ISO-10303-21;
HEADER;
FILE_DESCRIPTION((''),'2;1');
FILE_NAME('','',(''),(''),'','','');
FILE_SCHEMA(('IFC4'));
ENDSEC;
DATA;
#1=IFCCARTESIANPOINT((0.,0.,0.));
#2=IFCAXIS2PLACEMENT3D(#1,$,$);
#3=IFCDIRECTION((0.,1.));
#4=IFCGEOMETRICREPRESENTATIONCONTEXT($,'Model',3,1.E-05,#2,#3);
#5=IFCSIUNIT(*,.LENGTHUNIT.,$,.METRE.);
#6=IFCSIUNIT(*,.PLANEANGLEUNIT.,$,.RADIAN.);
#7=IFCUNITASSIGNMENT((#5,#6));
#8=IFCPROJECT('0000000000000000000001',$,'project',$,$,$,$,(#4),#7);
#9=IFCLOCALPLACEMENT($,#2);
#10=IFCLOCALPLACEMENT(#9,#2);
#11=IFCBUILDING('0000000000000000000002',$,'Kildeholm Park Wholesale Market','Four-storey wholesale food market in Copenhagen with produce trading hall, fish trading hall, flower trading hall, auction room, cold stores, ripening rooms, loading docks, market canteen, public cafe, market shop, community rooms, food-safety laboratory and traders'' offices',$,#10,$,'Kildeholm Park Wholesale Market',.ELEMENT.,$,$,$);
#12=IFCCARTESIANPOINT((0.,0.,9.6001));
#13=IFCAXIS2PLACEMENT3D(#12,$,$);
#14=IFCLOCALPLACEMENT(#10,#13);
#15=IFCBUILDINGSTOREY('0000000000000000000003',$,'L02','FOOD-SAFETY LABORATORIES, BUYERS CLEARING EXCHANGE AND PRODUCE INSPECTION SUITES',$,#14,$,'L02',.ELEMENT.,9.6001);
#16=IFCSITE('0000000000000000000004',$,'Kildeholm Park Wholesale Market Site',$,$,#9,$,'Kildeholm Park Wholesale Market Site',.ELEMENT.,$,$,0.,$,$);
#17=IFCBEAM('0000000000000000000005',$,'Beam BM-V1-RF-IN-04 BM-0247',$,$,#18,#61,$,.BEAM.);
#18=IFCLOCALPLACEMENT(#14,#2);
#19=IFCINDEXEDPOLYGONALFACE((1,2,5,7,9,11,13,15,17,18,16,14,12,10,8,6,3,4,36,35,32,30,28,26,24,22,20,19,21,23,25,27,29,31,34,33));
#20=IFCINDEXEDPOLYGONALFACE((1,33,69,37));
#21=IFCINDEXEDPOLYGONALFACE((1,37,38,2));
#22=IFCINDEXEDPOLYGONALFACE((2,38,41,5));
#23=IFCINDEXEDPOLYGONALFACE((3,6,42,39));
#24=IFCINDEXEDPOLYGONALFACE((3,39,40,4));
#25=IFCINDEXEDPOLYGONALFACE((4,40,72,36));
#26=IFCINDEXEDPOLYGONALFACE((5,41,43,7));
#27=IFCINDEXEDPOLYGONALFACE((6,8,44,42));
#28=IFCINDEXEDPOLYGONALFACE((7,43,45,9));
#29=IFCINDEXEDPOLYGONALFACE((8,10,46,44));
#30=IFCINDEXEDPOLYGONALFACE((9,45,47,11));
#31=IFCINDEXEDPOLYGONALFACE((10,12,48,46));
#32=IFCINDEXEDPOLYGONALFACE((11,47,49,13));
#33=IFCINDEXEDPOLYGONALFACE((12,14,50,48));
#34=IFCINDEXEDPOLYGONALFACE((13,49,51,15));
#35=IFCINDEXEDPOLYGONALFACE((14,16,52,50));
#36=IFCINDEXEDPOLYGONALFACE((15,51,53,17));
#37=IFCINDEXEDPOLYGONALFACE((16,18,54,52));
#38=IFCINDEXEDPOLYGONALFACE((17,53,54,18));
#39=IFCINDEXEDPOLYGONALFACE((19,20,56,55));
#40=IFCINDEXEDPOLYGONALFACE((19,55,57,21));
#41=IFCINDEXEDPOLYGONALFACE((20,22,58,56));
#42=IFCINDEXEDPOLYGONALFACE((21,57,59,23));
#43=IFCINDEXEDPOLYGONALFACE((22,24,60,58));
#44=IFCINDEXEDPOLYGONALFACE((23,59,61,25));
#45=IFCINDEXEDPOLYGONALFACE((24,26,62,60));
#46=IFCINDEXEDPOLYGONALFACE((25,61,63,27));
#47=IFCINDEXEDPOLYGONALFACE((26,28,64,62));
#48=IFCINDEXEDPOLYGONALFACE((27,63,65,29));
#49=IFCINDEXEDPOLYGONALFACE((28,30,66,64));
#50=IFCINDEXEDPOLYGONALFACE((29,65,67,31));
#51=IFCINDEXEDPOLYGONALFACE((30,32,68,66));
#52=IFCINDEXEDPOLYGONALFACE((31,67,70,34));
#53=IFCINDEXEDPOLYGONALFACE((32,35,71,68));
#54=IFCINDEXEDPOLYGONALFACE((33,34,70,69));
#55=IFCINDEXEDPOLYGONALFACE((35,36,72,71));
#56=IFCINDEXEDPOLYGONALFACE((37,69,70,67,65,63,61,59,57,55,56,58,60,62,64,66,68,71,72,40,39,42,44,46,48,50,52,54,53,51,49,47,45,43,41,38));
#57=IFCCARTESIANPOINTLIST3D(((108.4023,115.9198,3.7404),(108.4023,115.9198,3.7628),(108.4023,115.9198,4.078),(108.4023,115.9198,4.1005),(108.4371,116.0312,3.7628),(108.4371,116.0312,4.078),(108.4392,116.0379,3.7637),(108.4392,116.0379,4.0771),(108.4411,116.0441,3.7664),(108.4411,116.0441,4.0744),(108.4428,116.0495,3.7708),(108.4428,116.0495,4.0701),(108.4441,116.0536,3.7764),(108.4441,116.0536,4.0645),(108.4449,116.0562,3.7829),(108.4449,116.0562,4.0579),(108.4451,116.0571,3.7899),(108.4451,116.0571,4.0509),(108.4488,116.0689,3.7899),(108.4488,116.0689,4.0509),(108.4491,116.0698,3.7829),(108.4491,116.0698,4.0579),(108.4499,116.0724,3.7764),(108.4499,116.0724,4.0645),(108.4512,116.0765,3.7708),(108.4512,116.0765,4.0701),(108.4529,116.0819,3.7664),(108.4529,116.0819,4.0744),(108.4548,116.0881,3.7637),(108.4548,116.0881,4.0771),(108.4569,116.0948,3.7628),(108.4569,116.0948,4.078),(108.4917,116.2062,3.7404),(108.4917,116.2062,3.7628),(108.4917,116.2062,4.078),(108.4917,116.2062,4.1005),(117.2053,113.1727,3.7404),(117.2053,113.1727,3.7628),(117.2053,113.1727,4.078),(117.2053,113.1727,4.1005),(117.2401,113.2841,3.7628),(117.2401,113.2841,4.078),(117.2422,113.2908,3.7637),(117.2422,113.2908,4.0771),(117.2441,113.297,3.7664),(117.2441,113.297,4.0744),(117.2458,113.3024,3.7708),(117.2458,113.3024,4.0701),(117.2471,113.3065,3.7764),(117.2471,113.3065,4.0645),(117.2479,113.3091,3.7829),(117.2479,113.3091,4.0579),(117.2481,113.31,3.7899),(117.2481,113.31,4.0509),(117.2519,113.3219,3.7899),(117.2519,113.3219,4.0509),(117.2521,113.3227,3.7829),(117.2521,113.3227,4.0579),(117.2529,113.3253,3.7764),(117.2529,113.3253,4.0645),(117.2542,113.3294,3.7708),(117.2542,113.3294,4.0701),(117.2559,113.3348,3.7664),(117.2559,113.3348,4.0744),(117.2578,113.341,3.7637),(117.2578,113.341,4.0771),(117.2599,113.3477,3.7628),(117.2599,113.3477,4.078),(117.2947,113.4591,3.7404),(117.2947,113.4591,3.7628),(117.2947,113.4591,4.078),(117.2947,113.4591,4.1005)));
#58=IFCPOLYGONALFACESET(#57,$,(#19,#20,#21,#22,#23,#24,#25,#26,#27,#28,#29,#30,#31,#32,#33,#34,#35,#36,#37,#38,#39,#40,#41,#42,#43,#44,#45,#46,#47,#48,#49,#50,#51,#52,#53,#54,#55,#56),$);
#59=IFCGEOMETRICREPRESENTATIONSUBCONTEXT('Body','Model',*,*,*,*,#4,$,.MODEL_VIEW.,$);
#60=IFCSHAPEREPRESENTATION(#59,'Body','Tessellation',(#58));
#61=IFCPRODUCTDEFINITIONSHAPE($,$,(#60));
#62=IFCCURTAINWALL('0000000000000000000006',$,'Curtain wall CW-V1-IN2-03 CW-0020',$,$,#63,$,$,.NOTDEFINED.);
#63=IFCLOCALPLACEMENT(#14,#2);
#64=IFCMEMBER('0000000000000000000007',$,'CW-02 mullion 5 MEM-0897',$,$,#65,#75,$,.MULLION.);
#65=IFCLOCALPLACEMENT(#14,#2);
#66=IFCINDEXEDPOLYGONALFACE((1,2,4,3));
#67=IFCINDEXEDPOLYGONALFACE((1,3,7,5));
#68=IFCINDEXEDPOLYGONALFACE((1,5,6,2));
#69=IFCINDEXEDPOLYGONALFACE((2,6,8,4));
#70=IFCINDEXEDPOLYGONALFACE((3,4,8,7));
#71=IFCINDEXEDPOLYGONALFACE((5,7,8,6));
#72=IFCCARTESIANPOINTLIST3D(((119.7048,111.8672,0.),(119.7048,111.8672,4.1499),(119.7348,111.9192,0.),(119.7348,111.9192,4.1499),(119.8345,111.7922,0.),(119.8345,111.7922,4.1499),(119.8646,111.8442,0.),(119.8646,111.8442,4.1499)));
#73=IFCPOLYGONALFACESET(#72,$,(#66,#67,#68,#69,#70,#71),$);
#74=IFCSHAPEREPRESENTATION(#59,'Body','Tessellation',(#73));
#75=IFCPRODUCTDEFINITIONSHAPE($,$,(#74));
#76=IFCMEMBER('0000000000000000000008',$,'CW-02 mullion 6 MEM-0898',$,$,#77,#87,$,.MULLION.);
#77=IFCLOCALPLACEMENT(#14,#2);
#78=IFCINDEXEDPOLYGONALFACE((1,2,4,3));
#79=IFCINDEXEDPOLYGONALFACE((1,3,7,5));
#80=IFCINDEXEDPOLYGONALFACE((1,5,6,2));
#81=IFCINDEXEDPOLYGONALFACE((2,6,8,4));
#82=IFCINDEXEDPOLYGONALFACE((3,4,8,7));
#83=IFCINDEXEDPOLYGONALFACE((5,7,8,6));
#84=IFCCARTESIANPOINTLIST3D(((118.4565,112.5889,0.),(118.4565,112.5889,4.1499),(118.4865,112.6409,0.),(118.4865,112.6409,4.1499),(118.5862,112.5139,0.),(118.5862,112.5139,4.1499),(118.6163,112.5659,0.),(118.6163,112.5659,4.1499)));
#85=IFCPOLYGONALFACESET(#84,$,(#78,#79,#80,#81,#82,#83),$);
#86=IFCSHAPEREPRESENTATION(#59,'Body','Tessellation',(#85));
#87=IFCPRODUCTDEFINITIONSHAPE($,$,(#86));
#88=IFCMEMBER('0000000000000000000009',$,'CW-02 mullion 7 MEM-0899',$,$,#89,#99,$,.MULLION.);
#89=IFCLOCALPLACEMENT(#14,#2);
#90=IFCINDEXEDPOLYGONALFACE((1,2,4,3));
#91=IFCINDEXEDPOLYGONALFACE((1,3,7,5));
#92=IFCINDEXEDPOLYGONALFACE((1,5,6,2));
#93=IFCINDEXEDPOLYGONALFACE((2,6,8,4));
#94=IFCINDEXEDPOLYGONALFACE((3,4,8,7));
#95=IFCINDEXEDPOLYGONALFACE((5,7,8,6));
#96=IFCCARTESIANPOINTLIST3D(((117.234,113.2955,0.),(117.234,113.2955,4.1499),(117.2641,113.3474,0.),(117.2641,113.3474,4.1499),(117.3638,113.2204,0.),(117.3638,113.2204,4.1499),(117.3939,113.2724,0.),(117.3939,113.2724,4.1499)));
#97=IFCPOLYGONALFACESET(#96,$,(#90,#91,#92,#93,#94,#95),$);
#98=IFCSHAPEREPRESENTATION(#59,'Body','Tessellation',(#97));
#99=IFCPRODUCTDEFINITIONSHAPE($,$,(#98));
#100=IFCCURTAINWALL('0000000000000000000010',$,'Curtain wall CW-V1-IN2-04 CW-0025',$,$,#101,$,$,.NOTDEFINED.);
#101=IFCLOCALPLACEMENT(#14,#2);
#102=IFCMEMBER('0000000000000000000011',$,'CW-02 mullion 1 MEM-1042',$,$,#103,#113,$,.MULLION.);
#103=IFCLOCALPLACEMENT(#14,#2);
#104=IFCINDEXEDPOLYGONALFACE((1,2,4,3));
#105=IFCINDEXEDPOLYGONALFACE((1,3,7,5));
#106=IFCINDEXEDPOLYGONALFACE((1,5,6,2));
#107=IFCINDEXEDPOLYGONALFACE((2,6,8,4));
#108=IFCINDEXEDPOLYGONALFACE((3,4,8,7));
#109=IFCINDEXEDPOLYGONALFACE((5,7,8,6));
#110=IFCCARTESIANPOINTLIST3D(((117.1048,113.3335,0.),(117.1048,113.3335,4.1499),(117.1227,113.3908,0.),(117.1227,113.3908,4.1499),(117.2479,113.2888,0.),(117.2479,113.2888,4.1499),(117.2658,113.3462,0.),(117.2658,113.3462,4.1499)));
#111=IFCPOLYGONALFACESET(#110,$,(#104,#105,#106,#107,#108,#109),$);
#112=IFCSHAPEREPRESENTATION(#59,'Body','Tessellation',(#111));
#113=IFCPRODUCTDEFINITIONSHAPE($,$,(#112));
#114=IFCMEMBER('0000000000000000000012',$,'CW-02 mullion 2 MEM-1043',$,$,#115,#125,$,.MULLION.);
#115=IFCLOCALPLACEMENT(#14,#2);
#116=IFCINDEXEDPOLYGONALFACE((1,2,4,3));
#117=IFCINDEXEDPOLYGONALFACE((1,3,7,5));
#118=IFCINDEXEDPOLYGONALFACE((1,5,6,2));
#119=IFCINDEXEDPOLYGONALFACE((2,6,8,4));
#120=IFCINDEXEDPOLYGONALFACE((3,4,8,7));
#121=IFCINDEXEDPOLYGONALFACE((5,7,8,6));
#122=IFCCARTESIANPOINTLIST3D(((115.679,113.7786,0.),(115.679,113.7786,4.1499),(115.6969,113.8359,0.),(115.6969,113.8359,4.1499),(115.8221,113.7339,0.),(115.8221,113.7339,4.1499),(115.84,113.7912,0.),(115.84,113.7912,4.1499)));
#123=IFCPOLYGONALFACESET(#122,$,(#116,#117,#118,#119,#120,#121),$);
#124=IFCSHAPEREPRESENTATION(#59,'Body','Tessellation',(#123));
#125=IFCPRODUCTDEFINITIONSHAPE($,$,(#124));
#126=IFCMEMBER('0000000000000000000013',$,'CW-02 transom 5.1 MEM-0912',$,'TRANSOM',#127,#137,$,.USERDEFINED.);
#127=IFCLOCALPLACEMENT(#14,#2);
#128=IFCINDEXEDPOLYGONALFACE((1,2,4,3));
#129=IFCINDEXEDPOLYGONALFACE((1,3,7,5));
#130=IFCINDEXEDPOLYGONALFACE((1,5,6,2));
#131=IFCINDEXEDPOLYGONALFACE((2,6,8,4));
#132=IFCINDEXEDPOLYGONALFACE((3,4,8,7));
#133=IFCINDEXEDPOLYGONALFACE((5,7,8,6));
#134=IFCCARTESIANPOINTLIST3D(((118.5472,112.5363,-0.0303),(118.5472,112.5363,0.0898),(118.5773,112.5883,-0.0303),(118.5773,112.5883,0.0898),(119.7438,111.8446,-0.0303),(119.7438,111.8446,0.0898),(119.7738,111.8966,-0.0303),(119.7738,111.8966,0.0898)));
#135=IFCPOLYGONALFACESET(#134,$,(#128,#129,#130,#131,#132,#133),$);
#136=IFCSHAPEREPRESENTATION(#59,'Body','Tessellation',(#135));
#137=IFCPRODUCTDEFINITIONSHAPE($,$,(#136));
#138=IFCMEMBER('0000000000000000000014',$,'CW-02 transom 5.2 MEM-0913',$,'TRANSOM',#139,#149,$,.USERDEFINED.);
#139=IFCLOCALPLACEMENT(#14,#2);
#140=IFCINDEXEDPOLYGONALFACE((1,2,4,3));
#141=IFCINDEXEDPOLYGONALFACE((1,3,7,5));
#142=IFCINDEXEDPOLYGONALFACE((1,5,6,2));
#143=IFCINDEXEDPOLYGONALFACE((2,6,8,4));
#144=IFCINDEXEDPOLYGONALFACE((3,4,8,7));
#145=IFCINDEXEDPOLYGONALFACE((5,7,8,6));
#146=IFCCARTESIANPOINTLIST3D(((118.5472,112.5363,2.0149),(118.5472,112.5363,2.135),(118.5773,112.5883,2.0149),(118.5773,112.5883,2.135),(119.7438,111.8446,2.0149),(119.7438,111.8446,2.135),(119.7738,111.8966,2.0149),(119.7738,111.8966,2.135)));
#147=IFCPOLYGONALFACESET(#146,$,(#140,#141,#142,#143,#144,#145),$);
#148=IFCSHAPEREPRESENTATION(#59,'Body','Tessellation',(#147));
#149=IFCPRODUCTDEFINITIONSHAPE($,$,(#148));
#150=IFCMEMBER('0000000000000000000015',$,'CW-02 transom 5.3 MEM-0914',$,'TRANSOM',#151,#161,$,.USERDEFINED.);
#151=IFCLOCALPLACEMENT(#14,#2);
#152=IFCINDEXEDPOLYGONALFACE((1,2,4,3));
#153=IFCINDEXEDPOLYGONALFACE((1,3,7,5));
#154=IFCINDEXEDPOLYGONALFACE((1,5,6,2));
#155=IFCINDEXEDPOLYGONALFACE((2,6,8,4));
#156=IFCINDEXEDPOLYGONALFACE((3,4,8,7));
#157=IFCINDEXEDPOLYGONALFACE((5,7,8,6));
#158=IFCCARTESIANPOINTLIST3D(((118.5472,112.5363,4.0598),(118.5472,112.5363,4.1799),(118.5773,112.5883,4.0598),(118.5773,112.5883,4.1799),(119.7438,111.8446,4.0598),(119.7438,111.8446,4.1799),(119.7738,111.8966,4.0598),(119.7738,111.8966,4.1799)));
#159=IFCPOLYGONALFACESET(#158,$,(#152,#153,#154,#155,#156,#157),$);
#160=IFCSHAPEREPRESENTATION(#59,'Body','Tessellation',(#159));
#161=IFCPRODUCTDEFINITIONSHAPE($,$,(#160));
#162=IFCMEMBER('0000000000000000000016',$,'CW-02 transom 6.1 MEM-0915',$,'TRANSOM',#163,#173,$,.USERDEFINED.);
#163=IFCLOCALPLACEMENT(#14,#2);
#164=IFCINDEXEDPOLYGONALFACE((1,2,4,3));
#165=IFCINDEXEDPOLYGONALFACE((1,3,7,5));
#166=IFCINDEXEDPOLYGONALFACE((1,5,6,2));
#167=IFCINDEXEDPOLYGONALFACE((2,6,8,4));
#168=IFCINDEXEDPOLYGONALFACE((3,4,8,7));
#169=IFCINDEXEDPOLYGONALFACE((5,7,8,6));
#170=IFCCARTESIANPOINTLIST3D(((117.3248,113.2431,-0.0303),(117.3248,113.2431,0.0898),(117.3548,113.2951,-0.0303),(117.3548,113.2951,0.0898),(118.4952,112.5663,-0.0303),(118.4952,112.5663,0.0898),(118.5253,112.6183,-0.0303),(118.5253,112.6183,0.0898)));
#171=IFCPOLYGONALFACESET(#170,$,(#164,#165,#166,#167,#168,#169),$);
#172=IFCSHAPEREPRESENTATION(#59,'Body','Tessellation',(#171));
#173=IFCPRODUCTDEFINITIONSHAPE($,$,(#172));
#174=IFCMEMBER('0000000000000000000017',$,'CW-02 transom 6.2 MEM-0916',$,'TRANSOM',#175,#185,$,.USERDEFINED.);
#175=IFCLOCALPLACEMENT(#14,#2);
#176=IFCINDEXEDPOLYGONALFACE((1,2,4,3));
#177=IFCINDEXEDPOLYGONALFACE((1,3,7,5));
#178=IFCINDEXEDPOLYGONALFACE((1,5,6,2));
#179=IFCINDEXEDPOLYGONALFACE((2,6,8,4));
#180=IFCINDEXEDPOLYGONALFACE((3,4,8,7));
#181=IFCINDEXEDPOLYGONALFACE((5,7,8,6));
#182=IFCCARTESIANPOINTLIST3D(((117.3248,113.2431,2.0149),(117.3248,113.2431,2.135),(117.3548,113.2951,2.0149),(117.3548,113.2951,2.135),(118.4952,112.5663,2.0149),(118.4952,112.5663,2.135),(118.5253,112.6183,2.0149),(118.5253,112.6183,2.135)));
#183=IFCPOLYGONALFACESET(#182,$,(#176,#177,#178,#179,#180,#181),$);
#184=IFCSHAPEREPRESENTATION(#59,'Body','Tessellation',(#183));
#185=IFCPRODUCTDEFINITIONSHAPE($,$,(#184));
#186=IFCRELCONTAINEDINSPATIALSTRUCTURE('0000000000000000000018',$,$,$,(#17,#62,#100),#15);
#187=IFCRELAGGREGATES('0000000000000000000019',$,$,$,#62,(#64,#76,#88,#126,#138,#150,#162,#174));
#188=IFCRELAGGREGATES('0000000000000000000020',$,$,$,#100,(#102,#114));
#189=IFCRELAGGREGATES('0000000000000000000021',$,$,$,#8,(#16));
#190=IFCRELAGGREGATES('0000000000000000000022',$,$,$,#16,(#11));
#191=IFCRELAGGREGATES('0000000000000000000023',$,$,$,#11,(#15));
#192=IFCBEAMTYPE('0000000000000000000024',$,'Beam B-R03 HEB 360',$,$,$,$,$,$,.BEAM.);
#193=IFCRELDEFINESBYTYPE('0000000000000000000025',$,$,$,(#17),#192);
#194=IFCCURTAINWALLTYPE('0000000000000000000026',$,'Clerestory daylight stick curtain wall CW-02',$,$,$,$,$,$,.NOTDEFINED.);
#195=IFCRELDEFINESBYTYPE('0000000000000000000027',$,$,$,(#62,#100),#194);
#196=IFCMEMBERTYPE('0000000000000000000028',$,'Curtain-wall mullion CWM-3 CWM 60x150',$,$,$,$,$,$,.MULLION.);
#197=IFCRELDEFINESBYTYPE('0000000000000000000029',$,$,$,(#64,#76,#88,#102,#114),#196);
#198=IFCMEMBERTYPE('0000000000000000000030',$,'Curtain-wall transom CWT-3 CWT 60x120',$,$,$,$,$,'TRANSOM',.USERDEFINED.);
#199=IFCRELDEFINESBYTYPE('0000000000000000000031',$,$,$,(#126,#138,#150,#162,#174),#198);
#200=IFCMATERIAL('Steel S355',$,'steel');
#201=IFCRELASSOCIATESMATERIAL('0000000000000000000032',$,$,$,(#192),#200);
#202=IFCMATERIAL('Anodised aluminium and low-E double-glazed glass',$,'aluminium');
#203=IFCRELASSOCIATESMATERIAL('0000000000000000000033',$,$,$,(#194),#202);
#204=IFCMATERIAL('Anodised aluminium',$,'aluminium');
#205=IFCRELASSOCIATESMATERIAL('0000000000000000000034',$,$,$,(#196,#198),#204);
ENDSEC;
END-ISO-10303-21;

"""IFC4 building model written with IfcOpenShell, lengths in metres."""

from ifc_helpers import new_model, si_unit, direction, frame, origin, origin_2d, place, context, subcontext, project, spatial, rectangle, i_section, extrude, material, material_profile, profile_set, type_object, element, aggregate, save


model = new_model("IFC4")

# Units and contexts
model_context = context("Model", 3, precision=1e-05, world=origin(), true_north=direction((0.0, 1.0)))
body_context = subcontext(model_context, "Body", "Model", "MODEL_VIEW")
ifc_project = project(units=[si_unit("LENGTHUNIT", "METRE"), si_unit("PLANEANGLEUNIT", "RADIAN")], contexts=[model_context])

# Site, building, storey
site_placement = place(None, origin())
site = spatial("IfcSite", under=ifc_project, at=site_placement, Name="Kildeholm Park Wholesale Market Site", LongName="Kildeholm Park Wholesale Market Site", CompositionType="ELEMENT", RefElevation=0.0)
building_placement = place(site_placement, origin())
building = spatial("IfcBuilding", under=site, at=building_placement, Name="Kildeholm Park Wholesale Market", Description="Four-storey wholesale food market in Copenhagen with produce trading hall, fish trading hall, flower trading hall, auction room, cold stores, ripening rooms, loading docks, market canteen, public cafe, market shop, community rooms, food-safety laboratory and traders' offices", LongName="Kildeholm Park Wholesale Market", CompositionType="ELEMENT")
storey_placement = place(building_placement, frame((0.0, 0.0, 9.6001)))
storey = spatial("IfcBuildingStorey", under=building, at=storey_placement, Name="L02", Description="FOOD-SAFETY LABORATORIES, BUYERS CLEARING EXCHANGE AND PRODUCE INSPECTION SUITES", LongName="L02", CompositionType="ELEMENT", Elevation=9.6001)

# Shared definitions
ifc_material_1 = material(Name="Steel S355", Category="steel")

# Beam
ifc_material_profile_1 = material_profile(ifc_material_1, i_section(OverallWidth=0.3, OverallDepth=0.3601, WebThickness=0.0125, FlangeThickness=0.0225, FilletRadius=0.0271, at=origin_2d()), Name="HEB 360")
ifc_profile_set_1 = profile_set([ifc_material_profile_1], Name="Steel S355")
beam_type_1 = type_object("IfcBeamType", Name="Beam B-R03 HEB 360", PredefinedType="BEAM", material=ifc_profile_set_1)
beam_1_placement = place(storey_placement, frame((117.25, 113.3159, 3.9204), z_axis=(-0.954599, 0.297894, 0.0), x_axis=(-0.297894, -0.954599, 0.0)))
element("IfcBeam", 1, at=beam_1_placement, inside=storey, type_object=beam_type_1, Name="Beam BM-V1-RF-IN-04 BM-0247", PredefinedType="BEAM", context=body_context, shape_type="SweptSolid", body=[
    extrude(i_section(OverallWidth=0.3, OverallDepth=0.3601, WebThickness=0.0125, FlangeThickness=0.0225, FilletRadius=0.0271, at=origin_2d()), origin(), (0.0, 0.0, 1.0), 9.2217),
])

# Curtain walls, members
ifc_material_2 = material(Name="Anodised aluminium and low-E double-glazed glass", Category="aluminium")
curtain_wall_type = type_object("IfcCurtainWallType", Name="Clerestory daylight stick curtain wall CW-02", PredefinedType="NOTDEFINED", material=ifc_material_2)
curtain_wall_1_placement = place(storey_placement, origin())
curtain_wall_1 = element("IfcCurtainWall", 2, at=curtain_wall_1_placement, inside=storey, type_object=curtain_wall_type, Name="Curtain wall CW-V1-IN2-03 CW-0020", PredefinedType="NOTDEFINED")
ifc_material_3 = material(Name="Anodised aluminium", Category="aluminium")
ifc_material_profile_2 = material_profile(ifc_material_3, rectangle(XDim=0.0601, YDim=0.1499, at=origin_2d()), Name="CWM 60x150")
ifc_profile_set_2 = profile_set([ifc_material_profile_2], Name="Anodised aluminium")
member_type_1 = type_object("IfcMemberType", Name="Curtain-wall mullion CWM-3 CWM 60x150", PredefinedType="MULLION", material=ifc_profile_set_2)
member_1_placement = place(storey_placement, frame((119.7847, 111.8557, 0.0), z_axis=(0.0, 0.0, 1.0), x_axis=(-0.500489, -0.865743, 0.0)))
member_1 = element("IfcMember", 3, at=member_1_placement, type_object=member_type_1, Name="CW-02 mullion 5 MEM-0897", PredefinedType="MULLION", context=body_context, shape_type="SweptSolid", body=[
    extrude(rectangle(XDim=0.0601, YDim=0.1499, at=origin_2d()), origin(), (0.0, 0.0, 1.0), 4.1499),
])
member_2_placement = place(storey_placement, frame((118.5364, 112.5774, 0.0), z_axis=(0.0, 0.0, 1.0), x_axis=(-0.500489, -0.865743, 0.0)))
member_2 = element("IfcMember", 4, at=member_2_placement, type_object=member_type_1, Name="CW-02 mullion 6 MEM-0898", PredefinedType="MULLION", context=body_context, shape_type="SweptSolid", body=[
    extrude(rectangle(XDim=0.0601, YDim=0.1499, at=origin_2d()), origin(), (0.0, 0.0, 1.0), 4.1499),
])
member_3_placement = place(storey_placement, frame((117.314, 113.2839, 0.0), z_axis=(0.0, 0.0, 1.0), x_axis=(-0.500489, -0.865743, 0.0)))
member_3 = element("IfcMember", 5, at=member_3_placement, type_object=member_type_1, Name="CW-02 mullion 7 MEM-0899", PredefinedType="MULLION", context=body_context, shape_type="SweptSolid", body=[
    extrude(rectangle(XDim=0.0601, YDim=0.1499, at=origin_2d()), origin(), (0.0, 0.0, 1.0), 4.1499),
])
curtain_wall_2_placement = place(storey_placement, origin())
curtain_wall_2 = element("IfcCurtainWall", 6, at=curtain_wall_2_placement, inside=storey, type_object=curtain_wall_type, Name="Curtain wall CW-V1-IN2-04 CW-0025", PredefinedType="NOTDEFINED")
member_4_placement = place(storey_placement, frame((117.1853, 113.3398, 0.0), z_axis=(0.0, 0.0, 1.0), x_axis=(-0.297957, -0.954579, 0.0)))
member_4 = element("IfcMember", 7, at=member_4_placement, type_object=member_type_1, Name="CW-02 mullion 1 MEM-1042", PredefinedType="MULLION", context=body_context, shape_type="SweptSolid", body=[
    extrude(rectangle(XDim=0.0601, YDim=0.1499, at=origin_2d()), origin(), (0.0, 0.0, 1.0), 4.1499),
])
member_5_placement = place(storey_placement, frame((115.7595, 113.7849, 0.0), z_axis=(0.0, 0.0, 1.0), x_axis=(-0.297957, -0.954579, 0.0)))
member_5 = element("IfcMember", 8, at=member_5_placement, type_object=member_type_1, Name="CW-02 mullion 2 MEM-1043", PredefinedType="MULLION", context=body_context, shape_type="SweptSolid", body=[
    extrude(rectangle(XDim=0.0601, YDim=0.1499, at=origin_2d()), origin(), (0.0, 0.0, 1.0), 4.1499),
])

# Members
ifc_material_profile_3 = material_profile(ifc_material_3, rectangle(XDim=0.0601, YDim=0.1201, at=origin_2d()), Name="CWT 60x120")
ifc_profile_set_3 = profile_set([ifc_material_profile_3], Name="Anodised aluminium")
member_type_2 = type_object("IfcMemberType", Name="Curtain-wall transom CWT-3 CWT 60x120", ElementType="TRANSOM", PredefinedType="USERDEFINED", material=ifc_profile_set_3)
member_6_placement = place(storey_placement, frame((119.7588, 111.8706, 0.0298), z_axis=(-0.865765, 0.500451, 0.0), x_axis=(-0.500451, -0.865765, 0.0)))
member_6 = element("IfcMember", 9, at=member_6_placement, type_object=member_type_2, Name="CW-02 transom 5.1 MEM-0912", ObjectType="TRANSOM", PredefinedType="USERDEFINED", context=body_context, shape_type="SweptSolid", body=[
    extrude(rectangle(XDim=0.0601, YDim=0.1201, at=origin_2d()), origin(), (0.0, 0.0, 1.0), 1.3821),
])
member_7_placement = place(storey_placement, frame((119.7588, 111.8706, 2.075), z_axis=(-0.865765, 0.500451, 0.0), x_axis=(-0.500451, -0.865765, 0.0)))
member_7 = element("IfcMember", 10, at=member_7_placement, type_object=member_type_2, Name="CW-02 transom 5.2 MEM-0913", ObjectType="TRANSOM", PredefinedType="USERDEFINED", context=body_context, shape_type="SweptSolid", body=[
    extrude(rectangle(XDim=0.0601, YDim=0.1201, at=origin_2d()), origin(), (0.0, 0.0, 1.0), 1.3821),
])
member_8_placement = place(storey_placement, frame((119.7588, 111.8706, 4.1199), z_axis=(-0.865765, 0.500451, 0.0), x_axis=(-0.500451, -0.865765, 0.0)))
member_8 = element("IfcMember", 11, at=member_8_placement, type_object=member_type_2, Name="CW-02 transom 5.3 MEM-0914", ObjectType="TRANSOM", PredefinedType="USERDEFINED", context=body_context, shape_type="SweptSolid", body=[
    extrude(rectangle(XDim=0.0601, YDim=0.1201, at=origin_2d()), origin(), (0.0, 0.0, 1.0), 1.3821),
])
member_9_placement = place(storey_placement, frame((118.5103, 112.5923, 0.0298), z_axis=(-0.865698, 0.500566, 0.0), x_axis=(-0.500566, -0.865698, 0.0)))
member_9 = element("IfcMember", 12, at=member_9_placement, type_object=member_type_2, Name="CW-02 transom 6.1 MEM-0915", ObjectType="TRANSOM", PredefinedType="USERDEFINED", context=body_context, shape_type="SweptSolid", body=[
    extrude(rectangle(XDim=0.0601, YDim=0.1201, at=origin_2d()), origin(), (0.0, 0.0, 1.0), 1.3521),
])
member_10_placement = place(storey_placement, frame((118.5103, 112.5923, 2.075), z_axis=(-0.865698, 0.500566, 0.0), x_axis=(-0.500566, -0.865698, 0.0)))
member_10 = element("IfcMember", 13, at=member_10_placement, type_object=member_type_2, Name="CW-02 transom 6.2 MEM-0916", ObjectType="TRANSOM", PredefinedType="USERDEFINED", context=body_context, shape_type="SweptSolid", body=[
    extrude(rectangle(XDim=0.0601, YDim=0.1201, at=origin_2d()), origin(), (0.0, 0.0, 1.0), 1.3521),
])

aggregate(curtain_wall_1, [member_1, member_2, member_3, member_6, member_7, member_8, member_9, member_10])
aggregate(curtain_wall_2, [member_4, member_5])

save(model, "model.ifc")
